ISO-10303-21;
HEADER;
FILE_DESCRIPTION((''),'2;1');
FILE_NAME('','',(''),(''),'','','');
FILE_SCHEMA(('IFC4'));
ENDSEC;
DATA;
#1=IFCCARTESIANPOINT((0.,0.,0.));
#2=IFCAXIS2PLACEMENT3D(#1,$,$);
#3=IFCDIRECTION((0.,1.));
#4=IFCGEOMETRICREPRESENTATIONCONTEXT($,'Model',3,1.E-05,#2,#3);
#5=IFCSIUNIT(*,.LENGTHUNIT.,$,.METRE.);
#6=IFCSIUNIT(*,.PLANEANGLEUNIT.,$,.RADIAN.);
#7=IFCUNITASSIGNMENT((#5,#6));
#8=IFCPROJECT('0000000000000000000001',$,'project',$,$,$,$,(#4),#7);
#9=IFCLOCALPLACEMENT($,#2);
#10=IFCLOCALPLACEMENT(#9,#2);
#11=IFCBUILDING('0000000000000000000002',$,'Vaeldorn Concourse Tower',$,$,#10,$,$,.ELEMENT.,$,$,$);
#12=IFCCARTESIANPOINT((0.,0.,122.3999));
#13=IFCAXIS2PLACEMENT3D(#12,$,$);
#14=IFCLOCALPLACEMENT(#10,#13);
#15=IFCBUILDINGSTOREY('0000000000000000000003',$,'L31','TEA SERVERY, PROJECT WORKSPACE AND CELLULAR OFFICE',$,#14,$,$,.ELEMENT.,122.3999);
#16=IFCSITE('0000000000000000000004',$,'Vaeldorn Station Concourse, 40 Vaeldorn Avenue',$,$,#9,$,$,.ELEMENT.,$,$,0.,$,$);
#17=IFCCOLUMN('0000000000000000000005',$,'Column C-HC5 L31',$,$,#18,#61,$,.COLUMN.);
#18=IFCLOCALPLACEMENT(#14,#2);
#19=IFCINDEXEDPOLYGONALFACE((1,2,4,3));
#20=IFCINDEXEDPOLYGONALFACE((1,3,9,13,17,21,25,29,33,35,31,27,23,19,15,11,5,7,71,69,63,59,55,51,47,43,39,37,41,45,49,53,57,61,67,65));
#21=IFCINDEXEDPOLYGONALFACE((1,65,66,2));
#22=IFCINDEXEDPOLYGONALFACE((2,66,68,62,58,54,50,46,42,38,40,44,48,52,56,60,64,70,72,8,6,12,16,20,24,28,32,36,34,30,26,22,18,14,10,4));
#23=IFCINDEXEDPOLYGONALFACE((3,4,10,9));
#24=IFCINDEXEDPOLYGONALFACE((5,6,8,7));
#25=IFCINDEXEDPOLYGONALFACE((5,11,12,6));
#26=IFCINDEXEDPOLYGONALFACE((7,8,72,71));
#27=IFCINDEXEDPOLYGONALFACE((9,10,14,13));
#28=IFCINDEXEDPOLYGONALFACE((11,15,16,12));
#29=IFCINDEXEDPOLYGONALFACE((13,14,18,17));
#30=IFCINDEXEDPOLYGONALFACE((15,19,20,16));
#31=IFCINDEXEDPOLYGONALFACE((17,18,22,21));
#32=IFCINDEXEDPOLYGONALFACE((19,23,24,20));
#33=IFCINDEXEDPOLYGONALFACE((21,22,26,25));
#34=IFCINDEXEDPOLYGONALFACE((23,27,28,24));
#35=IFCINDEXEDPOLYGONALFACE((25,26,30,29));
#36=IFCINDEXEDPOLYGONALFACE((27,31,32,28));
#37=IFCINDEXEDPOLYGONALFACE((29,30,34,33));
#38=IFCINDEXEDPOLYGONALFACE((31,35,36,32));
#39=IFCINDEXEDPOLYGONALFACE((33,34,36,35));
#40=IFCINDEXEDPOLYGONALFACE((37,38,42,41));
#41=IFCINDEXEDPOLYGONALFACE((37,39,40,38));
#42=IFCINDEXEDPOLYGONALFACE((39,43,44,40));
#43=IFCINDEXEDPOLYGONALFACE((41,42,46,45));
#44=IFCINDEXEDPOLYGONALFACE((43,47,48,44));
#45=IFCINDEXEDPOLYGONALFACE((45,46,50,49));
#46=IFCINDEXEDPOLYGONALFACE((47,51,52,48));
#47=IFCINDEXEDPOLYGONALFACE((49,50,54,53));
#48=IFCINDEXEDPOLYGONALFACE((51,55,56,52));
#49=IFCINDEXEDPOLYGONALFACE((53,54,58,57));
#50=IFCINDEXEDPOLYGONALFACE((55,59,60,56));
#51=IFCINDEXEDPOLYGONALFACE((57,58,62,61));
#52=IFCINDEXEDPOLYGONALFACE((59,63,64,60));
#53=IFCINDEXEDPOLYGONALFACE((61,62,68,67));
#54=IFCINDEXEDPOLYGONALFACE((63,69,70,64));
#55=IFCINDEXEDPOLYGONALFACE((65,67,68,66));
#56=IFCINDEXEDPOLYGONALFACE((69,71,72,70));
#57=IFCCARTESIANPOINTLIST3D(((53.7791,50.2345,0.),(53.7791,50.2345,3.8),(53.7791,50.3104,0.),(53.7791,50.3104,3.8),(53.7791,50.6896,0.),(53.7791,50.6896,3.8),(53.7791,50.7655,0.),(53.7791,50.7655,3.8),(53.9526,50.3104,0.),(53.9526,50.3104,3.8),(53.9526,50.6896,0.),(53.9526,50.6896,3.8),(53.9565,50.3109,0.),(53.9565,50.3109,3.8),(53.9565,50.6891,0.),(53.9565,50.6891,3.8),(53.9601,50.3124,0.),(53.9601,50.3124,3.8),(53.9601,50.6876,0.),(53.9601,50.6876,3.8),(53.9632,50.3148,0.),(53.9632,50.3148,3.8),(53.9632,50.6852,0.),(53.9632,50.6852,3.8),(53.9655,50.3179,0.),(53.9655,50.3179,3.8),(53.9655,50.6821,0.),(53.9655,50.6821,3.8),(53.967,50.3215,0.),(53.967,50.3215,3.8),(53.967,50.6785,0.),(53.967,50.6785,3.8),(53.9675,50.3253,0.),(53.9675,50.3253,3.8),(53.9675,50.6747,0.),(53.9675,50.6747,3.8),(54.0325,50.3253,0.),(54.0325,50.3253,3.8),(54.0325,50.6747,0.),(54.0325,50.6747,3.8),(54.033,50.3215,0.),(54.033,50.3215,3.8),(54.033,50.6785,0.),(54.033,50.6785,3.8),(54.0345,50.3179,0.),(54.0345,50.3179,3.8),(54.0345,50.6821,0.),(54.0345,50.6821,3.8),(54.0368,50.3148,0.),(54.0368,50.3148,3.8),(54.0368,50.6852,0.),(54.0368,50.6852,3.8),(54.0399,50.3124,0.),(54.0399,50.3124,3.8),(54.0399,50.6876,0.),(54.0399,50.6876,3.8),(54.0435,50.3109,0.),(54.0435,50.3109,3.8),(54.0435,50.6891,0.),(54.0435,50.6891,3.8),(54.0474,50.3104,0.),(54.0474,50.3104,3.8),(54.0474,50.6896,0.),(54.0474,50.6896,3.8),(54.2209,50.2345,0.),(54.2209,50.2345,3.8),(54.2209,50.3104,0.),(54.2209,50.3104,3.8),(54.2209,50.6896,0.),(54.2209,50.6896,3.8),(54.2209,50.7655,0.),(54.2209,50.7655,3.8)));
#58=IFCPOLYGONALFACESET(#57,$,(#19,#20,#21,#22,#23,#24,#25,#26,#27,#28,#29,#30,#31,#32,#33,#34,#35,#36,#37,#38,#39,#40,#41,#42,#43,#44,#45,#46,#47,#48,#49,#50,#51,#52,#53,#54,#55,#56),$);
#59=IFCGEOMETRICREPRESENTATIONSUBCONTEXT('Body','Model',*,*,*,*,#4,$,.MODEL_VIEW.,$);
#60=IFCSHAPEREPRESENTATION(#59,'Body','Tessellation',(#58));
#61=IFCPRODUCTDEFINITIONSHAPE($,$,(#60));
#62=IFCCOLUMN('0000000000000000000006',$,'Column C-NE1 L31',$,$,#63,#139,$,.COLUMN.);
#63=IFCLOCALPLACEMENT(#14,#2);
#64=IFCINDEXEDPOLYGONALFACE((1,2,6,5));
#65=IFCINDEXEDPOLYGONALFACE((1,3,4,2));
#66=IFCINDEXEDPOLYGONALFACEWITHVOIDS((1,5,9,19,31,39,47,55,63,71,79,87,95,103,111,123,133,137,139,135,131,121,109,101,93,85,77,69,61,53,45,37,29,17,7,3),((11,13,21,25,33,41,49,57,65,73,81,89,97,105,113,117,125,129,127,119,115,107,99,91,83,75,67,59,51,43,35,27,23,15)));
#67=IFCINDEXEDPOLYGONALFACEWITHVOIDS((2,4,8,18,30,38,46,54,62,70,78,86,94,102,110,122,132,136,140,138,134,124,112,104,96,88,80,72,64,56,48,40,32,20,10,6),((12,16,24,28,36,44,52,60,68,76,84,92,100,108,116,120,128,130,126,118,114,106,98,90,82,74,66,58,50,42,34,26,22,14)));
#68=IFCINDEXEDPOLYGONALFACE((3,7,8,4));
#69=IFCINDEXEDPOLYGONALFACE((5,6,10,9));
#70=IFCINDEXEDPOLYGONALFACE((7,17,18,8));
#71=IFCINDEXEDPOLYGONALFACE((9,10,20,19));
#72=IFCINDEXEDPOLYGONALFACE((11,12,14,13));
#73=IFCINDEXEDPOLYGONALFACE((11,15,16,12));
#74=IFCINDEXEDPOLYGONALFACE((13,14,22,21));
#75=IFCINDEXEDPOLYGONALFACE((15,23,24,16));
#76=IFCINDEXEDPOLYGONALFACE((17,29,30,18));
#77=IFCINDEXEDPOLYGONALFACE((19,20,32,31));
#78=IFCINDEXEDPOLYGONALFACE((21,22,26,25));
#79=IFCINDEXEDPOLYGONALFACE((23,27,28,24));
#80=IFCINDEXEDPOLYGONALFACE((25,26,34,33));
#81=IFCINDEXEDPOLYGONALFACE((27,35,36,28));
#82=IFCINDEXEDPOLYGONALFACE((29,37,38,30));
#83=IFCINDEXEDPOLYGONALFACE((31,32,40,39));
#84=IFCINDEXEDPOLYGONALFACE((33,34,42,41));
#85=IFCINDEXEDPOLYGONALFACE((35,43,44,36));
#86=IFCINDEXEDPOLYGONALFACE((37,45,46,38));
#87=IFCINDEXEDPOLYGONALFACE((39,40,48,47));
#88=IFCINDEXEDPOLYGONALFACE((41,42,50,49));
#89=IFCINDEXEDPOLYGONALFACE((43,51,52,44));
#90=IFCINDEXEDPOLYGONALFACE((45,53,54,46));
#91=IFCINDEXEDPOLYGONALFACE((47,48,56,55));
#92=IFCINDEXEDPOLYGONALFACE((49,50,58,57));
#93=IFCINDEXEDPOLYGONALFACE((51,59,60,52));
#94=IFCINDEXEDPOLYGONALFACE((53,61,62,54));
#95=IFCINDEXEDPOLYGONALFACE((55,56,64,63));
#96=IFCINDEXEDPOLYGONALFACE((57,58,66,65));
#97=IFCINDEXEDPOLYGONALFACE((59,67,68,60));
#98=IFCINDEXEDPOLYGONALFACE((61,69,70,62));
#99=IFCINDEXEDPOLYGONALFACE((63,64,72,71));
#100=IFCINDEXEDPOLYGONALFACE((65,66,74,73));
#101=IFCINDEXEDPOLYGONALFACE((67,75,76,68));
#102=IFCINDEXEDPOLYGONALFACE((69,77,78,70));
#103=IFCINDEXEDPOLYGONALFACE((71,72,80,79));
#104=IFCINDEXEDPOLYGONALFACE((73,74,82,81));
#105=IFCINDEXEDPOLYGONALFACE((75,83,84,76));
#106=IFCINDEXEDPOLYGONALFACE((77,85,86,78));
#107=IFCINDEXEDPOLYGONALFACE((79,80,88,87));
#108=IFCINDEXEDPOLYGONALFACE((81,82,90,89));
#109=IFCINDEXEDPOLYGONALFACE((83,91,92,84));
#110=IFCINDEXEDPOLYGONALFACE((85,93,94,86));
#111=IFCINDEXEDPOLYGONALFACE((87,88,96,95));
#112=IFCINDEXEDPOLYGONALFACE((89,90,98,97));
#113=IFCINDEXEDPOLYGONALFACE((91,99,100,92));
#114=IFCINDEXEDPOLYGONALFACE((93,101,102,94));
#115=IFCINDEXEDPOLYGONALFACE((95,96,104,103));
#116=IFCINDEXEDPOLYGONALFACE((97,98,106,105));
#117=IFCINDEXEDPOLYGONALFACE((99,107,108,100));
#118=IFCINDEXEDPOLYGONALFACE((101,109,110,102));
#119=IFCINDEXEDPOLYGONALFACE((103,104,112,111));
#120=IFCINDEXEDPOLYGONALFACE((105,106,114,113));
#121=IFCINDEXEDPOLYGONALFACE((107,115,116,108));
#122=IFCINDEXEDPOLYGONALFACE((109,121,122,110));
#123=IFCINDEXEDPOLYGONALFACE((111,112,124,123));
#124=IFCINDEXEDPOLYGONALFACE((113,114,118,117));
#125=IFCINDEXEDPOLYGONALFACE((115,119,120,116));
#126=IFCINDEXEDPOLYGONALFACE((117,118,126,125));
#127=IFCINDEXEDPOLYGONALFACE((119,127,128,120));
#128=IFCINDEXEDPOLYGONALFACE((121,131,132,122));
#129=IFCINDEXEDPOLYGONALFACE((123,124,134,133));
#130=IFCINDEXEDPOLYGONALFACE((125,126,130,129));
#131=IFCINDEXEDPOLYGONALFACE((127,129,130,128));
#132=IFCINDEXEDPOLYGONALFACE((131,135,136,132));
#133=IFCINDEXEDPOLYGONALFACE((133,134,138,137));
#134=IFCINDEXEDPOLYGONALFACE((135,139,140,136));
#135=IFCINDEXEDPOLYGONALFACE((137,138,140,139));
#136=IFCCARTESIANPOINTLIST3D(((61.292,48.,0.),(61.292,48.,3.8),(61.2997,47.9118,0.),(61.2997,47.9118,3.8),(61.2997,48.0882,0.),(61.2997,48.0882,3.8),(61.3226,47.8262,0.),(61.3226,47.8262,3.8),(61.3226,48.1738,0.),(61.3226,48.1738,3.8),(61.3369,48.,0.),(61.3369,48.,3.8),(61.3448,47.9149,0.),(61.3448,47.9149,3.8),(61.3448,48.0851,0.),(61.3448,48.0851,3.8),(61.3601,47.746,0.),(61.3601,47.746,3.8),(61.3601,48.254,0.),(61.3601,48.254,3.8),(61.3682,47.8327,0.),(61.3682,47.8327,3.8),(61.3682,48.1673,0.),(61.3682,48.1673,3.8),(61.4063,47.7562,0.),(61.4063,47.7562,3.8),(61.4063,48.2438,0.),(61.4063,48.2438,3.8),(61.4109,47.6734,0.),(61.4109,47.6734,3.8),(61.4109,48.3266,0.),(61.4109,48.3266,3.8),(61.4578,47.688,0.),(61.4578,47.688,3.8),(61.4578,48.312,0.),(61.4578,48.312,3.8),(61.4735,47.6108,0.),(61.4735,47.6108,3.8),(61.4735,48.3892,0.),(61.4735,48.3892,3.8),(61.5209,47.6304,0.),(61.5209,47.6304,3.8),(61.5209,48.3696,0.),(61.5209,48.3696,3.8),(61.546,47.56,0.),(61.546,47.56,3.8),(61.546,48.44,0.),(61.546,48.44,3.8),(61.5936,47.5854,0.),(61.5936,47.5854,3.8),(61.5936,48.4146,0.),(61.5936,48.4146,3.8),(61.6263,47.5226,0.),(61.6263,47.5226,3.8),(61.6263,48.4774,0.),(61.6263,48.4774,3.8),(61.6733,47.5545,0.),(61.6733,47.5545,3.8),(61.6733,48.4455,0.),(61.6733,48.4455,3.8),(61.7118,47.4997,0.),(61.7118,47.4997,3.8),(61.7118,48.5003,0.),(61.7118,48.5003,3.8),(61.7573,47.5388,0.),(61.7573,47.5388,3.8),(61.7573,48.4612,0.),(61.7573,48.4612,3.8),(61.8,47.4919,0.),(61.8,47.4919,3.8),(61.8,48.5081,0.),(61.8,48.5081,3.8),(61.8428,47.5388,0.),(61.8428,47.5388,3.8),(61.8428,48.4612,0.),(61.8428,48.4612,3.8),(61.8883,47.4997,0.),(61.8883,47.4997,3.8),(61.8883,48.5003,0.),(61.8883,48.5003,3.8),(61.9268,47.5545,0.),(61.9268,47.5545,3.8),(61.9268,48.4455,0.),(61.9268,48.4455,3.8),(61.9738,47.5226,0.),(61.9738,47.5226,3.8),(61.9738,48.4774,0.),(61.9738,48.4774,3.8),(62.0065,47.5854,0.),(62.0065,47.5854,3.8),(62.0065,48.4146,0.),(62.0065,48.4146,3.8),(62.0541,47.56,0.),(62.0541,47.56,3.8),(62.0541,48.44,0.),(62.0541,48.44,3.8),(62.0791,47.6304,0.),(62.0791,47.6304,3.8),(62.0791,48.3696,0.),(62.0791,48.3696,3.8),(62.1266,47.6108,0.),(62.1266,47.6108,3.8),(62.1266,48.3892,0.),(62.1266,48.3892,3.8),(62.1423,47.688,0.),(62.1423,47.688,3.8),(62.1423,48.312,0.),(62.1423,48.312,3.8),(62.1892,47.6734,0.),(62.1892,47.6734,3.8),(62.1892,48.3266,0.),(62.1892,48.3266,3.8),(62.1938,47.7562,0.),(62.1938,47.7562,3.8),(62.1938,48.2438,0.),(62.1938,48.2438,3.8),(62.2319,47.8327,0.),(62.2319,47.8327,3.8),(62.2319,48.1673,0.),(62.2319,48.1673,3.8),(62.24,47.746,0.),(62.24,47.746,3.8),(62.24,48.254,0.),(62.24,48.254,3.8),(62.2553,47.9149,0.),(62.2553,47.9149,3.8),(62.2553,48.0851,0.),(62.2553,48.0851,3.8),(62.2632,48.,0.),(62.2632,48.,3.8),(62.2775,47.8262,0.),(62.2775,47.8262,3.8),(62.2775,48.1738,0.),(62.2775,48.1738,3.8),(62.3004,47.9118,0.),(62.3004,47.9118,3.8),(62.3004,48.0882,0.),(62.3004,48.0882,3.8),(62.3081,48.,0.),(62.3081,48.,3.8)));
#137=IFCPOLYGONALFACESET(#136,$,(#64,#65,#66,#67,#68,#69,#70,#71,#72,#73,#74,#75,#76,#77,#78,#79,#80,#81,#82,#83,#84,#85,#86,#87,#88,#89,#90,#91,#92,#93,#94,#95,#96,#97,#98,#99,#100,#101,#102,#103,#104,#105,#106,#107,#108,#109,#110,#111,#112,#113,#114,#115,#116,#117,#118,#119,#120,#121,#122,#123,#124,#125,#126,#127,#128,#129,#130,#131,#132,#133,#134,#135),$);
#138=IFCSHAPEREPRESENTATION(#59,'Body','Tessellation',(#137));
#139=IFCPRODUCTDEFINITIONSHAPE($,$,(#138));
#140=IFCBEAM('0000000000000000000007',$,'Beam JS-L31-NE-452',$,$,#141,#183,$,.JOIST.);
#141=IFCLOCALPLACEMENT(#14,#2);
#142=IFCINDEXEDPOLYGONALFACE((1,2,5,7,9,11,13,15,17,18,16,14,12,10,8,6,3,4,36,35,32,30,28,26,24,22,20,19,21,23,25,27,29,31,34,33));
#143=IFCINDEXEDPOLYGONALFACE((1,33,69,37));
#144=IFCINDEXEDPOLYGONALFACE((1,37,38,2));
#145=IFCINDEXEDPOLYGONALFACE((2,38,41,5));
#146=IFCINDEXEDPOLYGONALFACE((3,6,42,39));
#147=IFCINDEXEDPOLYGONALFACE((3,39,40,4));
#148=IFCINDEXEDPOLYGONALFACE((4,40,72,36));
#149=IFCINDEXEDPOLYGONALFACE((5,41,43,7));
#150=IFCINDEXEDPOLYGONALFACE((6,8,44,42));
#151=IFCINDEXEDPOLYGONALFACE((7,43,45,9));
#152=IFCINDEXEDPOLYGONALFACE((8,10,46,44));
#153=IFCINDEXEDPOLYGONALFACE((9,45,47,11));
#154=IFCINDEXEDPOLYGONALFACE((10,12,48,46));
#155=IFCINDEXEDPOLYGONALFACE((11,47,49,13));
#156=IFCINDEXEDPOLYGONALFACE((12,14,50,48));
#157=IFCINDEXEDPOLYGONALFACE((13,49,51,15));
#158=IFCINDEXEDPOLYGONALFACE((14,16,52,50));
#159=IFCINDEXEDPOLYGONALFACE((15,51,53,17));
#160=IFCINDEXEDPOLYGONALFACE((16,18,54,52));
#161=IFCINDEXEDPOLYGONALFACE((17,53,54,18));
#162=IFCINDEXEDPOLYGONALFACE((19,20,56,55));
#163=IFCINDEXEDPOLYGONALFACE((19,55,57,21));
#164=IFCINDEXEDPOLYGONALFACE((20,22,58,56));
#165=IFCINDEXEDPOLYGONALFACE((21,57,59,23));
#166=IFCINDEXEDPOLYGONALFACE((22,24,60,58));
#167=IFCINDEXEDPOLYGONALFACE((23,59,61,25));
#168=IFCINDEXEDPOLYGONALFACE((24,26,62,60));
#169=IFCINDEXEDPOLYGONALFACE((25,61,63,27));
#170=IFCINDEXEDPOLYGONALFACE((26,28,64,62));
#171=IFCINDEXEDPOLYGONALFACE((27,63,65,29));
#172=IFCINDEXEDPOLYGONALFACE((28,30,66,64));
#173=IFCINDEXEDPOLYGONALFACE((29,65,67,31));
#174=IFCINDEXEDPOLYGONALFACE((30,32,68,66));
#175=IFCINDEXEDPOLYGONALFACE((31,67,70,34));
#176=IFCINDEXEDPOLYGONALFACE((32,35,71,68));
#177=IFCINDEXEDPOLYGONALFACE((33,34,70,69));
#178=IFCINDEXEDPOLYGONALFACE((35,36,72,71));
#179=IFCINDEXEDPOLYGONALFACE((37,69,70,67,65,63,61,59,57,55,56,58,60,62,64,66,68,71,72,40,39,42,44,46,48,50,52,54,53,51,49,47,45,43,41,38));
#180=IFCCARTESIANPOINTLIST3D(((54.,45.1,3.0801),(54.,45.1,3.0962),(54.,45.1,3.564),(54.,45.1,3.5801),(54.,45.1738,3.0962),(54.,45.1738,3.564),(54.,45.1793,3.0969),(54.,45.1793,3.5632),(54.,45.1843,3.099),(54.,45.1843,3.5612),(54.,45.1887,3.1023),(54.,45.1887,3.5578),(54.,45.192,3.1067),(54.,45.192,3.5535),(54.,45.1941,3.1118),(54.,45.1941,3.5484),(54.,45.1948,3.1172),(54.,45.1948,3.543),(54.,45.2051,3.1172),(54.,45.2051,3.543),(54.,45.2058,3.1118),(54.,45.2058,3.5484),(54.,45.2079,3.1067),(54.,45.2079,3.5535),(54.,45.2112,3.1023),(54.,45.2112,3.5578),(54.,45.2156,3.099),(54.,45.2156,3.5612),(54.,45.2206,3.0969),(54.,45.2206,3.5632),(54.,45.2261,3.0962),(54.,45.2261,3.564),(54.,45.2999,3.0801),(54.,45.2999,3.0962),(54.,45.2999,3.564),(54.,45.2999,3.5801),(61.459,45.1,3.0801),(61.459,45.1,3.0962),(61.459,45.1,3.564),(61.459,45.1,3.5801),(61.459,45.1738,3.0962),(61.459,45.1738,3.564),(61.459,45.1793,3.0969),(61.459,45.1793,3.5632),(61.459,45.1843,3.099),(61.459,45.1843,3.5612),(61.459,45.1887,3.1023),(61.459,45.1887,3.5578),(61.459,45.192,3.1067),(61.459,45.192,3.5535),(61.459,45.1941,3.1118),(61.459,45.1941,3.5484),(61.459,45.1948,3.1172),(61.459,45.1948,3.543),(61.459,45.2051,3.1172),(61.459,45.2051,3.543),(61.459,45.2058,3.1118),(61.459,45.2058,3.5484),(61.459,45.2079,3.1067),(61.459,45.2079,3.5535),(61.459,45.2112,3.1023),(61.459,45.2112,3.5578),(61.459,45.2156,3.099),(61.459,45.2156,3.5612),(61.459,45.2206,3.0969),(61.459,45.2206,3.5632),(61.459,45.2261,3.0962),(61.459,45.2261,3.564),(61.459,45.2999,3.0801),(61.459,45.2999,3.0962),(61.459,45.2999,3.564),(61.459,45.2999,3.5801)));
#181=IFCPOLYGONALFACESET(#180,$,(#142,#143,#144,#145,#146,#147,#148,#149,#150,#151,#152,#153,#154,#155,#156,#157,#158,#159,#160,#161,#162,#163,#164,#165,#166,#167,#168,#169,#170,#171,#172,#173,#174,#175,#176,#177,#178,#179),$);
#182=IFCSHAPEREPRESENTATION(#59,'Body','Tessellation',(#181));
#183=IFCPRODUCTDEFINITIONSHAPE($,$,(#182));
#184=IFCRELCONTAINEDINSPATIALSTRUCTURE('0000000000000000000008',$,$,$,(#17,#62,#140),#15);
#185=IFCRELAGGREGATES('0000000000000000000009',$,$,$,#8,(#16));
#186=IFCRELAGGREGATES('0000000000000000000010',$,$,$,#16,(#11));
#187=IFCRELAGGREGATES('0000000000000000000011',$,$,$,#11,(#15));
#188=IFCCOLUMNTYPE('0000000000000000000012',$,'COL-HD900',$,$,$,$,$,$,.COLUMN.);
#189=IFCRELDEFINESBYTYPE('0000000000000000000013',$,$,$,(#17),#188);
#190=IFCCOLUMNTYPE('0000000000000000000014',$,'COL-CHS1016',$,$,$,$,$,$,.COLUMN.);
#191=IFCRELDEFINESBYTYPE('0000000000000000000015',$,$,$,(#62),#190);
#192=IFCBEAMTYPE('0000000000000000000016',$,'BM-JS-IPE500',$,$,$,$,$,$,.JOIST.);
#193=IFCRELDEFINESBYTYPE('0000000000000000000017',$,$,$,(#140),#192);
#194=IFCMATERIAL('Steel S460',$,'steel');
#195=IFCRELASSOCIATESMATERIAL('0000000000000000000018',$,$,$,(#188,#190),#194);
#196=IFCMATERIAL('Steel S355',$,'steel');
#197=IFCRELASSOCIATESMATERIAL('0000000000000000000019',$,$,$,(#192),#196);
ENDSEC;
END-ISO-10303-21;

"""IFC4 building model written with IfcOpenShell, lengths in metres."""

from ifc_helpers import new_model, si_unit, direction, frame, origin, origin_2d, place, context, subcontext, project, spatial, hollow_circle, i_section, extrude, source, transform, mapped, material, material_profile, profile_set, type_object, element, save


model = new_model("IFC4")

# Units and contexts
model_context = context("Model", 3, precision=1e-05, world=origin(), true_north=direction((0.0, 1.0)))
body_context = subcontext(model_context, "Body", "Model", "MODEL_VIEW")
ifc_project = project(units=[si_unit("LENGTHUNIT", "METRE"), si_unit("PLANEANGLEUNIT", "RADIAN")], contexts=[model_context])

# Site, building, storey
site_placement = place(None, origin())
site = spatial("IfcSite", under=ifc_project, at=site_placement, Name="Vaeldorn Station Concourse, 40 Vaeldorn Avenue", CompositionType="ELEMENT", RefElevation=0.0)
building_placement = place(site_placement, origin())
building = spatial("IfcBuilding", under=site, at=building_placement, Name="Vaeldorn Concourse Tower", CompositionType="ELEMENT")
storey_placement = place(building_placement, frame((0.0, 0.0, 122.3999)))
storey = spatial("IfcBuildingStorey", under=building, at=storey_placement, Name="L31", Description="TEA SERVERY, PROJECT WORKSPACE AND CELLULAR OFFICE", CompositionType="ELEMENT", Elevation=122.3999)

# Columns
ifc_material_1 = material(Name="Steel S460", Category="steel")
ifc_material_profile_1 = material_profile(ifc_material_1, i_section(OverallWidth=0.4419, OverallDepth=0.531, WebThickness=0.0649, FlangeThickness=0.0759, FilletRadius=0.0149, at=origin_2d()), Name="HD 400x900")
ifc_profile_set_1 = profile_set([ifc_material_profile_1], Name="Steel S460")
column_type_1 = type_object("IfcColumnType", Name="COL-HD900", PredefinedType="COLUMN", material=ifc_profile_set_1)
shared_shape_1 = source(origin(), body_context, "Body", "SweptSolid", [
    extrude(i_section(OverallWidth=0.4419, OverallDepth=0.531, WebThickness=0.0649, FlangeThickness=0.0759, FilletRadius=0.0149, at=origin_2d()), origin(), (0.0, 0.0, 1.0), 3.8),
])
column_1_placement = place(storey_placement, frame((54.0, 50.5, 0.0), z_axis=(0.0, 0.0, 1.0), x_axis=(1.0, 0.0, 0.0)))
element("IfcColumn", 1, at=column_1_placement, inside=storey, type_object=column_type_1, Name="Column C-HC5 L31", PredefinedType="COLUMN", context=body_context, shape_type="MappedRepresentation", body=[
    mapped(shared_shape_1, transform((0.0, 0.0, 0.0), scale=1.0)),
])
ifc_material_profile_2 = material_profile(ifc_material_1, hollow_circle(Radius=0.5081, WallThickness=0.0449, at=origin_2d()), Name="CHS 1016x45")
ifc_profile_set_2 = profile_set([ifc_material_profile_2], Name="Steel S460")
column_type_2 = type_object("IfcColumnType", Name="COL-CHS1016", PredefinedType="COLUMN", material=ifc_profile_set_2)
shared_shape_2 = source(origin(), body_context, "Body", "SweptSolid", [
    extrude(hollow_circle(Radius=0.5081, WallThickness=0.0449, at=origin_2d()), origin(), (0.0, 0.0, 1.0), 3.8),
])
column_2_placement = place(storey_placement, frame((61.8, 48.0, 0.0), z_axis=(0.0, 0.0, 1.0), x_axis=(1.0, 0.0, 0.0)))
element("IfcColumn", 2, at=column_2_placement, inside=storey, type_object=column_type_2, Name="Column C-NE1 L31", PredefinedType="COLUMN", context=body_context, shape_type="MappedRepresentation", body=[
    mapped(shared_shape_2, transform((0.0, 0.0, 0.0), scale=1.0)),
])

# Beam
ifc_material_2 = material(Name="Steel S355", Category="steel")
ifc_material_profile_3 = material_profile(ifc_material_2, i_section(OverallWidth=0.2, OverallDepth=0.5, WebThickness=0.0103, FlangeThickness=0.0161, FilletRadius=0.021, at=origin_2d()), Name="IPE 500")
ifc_profile_set_3 = profile_set([ifc_material_profile_3], Name="Steel S355")
beam_type_1 = type_object("IfcBeamType", Name="BM-JS-IPE500", PredefinedType="JOIST", material=ifc_profile_set_3)
shared_shape_3 = source(origin(), body_context, "Body", "SweptSolid", [
    extrude(i_section(OverallWidth=0.2, OverallDepth=0.5, WebThickness=0.0103, FlangeThickness=0.0161, FilletRadius=0.021, at=origin_2d()), origin(), (0.0, 0.0, 1.0), 7.459),
])
beam_1_placement = place(storey_placement, frame((54.0, 45.2, 3.3301), z_axis=(1.0, 0.0, 0.0), x_axis=(0.0, 1.0, 0.0)))
element("IfcBeam", 3, at=beam_1_placement, inside=storey, type_object=beam_type_1, Name="Beam JS-L31-NE-452", PredefinedType="JOIST", context=body_context, shape_type="MappedRepresentation", body=[
    mapped(shared_shape_3, transform((0.0, 0.0, 0.0), scale=1.0)),
])

save(model, "model.ifc")
